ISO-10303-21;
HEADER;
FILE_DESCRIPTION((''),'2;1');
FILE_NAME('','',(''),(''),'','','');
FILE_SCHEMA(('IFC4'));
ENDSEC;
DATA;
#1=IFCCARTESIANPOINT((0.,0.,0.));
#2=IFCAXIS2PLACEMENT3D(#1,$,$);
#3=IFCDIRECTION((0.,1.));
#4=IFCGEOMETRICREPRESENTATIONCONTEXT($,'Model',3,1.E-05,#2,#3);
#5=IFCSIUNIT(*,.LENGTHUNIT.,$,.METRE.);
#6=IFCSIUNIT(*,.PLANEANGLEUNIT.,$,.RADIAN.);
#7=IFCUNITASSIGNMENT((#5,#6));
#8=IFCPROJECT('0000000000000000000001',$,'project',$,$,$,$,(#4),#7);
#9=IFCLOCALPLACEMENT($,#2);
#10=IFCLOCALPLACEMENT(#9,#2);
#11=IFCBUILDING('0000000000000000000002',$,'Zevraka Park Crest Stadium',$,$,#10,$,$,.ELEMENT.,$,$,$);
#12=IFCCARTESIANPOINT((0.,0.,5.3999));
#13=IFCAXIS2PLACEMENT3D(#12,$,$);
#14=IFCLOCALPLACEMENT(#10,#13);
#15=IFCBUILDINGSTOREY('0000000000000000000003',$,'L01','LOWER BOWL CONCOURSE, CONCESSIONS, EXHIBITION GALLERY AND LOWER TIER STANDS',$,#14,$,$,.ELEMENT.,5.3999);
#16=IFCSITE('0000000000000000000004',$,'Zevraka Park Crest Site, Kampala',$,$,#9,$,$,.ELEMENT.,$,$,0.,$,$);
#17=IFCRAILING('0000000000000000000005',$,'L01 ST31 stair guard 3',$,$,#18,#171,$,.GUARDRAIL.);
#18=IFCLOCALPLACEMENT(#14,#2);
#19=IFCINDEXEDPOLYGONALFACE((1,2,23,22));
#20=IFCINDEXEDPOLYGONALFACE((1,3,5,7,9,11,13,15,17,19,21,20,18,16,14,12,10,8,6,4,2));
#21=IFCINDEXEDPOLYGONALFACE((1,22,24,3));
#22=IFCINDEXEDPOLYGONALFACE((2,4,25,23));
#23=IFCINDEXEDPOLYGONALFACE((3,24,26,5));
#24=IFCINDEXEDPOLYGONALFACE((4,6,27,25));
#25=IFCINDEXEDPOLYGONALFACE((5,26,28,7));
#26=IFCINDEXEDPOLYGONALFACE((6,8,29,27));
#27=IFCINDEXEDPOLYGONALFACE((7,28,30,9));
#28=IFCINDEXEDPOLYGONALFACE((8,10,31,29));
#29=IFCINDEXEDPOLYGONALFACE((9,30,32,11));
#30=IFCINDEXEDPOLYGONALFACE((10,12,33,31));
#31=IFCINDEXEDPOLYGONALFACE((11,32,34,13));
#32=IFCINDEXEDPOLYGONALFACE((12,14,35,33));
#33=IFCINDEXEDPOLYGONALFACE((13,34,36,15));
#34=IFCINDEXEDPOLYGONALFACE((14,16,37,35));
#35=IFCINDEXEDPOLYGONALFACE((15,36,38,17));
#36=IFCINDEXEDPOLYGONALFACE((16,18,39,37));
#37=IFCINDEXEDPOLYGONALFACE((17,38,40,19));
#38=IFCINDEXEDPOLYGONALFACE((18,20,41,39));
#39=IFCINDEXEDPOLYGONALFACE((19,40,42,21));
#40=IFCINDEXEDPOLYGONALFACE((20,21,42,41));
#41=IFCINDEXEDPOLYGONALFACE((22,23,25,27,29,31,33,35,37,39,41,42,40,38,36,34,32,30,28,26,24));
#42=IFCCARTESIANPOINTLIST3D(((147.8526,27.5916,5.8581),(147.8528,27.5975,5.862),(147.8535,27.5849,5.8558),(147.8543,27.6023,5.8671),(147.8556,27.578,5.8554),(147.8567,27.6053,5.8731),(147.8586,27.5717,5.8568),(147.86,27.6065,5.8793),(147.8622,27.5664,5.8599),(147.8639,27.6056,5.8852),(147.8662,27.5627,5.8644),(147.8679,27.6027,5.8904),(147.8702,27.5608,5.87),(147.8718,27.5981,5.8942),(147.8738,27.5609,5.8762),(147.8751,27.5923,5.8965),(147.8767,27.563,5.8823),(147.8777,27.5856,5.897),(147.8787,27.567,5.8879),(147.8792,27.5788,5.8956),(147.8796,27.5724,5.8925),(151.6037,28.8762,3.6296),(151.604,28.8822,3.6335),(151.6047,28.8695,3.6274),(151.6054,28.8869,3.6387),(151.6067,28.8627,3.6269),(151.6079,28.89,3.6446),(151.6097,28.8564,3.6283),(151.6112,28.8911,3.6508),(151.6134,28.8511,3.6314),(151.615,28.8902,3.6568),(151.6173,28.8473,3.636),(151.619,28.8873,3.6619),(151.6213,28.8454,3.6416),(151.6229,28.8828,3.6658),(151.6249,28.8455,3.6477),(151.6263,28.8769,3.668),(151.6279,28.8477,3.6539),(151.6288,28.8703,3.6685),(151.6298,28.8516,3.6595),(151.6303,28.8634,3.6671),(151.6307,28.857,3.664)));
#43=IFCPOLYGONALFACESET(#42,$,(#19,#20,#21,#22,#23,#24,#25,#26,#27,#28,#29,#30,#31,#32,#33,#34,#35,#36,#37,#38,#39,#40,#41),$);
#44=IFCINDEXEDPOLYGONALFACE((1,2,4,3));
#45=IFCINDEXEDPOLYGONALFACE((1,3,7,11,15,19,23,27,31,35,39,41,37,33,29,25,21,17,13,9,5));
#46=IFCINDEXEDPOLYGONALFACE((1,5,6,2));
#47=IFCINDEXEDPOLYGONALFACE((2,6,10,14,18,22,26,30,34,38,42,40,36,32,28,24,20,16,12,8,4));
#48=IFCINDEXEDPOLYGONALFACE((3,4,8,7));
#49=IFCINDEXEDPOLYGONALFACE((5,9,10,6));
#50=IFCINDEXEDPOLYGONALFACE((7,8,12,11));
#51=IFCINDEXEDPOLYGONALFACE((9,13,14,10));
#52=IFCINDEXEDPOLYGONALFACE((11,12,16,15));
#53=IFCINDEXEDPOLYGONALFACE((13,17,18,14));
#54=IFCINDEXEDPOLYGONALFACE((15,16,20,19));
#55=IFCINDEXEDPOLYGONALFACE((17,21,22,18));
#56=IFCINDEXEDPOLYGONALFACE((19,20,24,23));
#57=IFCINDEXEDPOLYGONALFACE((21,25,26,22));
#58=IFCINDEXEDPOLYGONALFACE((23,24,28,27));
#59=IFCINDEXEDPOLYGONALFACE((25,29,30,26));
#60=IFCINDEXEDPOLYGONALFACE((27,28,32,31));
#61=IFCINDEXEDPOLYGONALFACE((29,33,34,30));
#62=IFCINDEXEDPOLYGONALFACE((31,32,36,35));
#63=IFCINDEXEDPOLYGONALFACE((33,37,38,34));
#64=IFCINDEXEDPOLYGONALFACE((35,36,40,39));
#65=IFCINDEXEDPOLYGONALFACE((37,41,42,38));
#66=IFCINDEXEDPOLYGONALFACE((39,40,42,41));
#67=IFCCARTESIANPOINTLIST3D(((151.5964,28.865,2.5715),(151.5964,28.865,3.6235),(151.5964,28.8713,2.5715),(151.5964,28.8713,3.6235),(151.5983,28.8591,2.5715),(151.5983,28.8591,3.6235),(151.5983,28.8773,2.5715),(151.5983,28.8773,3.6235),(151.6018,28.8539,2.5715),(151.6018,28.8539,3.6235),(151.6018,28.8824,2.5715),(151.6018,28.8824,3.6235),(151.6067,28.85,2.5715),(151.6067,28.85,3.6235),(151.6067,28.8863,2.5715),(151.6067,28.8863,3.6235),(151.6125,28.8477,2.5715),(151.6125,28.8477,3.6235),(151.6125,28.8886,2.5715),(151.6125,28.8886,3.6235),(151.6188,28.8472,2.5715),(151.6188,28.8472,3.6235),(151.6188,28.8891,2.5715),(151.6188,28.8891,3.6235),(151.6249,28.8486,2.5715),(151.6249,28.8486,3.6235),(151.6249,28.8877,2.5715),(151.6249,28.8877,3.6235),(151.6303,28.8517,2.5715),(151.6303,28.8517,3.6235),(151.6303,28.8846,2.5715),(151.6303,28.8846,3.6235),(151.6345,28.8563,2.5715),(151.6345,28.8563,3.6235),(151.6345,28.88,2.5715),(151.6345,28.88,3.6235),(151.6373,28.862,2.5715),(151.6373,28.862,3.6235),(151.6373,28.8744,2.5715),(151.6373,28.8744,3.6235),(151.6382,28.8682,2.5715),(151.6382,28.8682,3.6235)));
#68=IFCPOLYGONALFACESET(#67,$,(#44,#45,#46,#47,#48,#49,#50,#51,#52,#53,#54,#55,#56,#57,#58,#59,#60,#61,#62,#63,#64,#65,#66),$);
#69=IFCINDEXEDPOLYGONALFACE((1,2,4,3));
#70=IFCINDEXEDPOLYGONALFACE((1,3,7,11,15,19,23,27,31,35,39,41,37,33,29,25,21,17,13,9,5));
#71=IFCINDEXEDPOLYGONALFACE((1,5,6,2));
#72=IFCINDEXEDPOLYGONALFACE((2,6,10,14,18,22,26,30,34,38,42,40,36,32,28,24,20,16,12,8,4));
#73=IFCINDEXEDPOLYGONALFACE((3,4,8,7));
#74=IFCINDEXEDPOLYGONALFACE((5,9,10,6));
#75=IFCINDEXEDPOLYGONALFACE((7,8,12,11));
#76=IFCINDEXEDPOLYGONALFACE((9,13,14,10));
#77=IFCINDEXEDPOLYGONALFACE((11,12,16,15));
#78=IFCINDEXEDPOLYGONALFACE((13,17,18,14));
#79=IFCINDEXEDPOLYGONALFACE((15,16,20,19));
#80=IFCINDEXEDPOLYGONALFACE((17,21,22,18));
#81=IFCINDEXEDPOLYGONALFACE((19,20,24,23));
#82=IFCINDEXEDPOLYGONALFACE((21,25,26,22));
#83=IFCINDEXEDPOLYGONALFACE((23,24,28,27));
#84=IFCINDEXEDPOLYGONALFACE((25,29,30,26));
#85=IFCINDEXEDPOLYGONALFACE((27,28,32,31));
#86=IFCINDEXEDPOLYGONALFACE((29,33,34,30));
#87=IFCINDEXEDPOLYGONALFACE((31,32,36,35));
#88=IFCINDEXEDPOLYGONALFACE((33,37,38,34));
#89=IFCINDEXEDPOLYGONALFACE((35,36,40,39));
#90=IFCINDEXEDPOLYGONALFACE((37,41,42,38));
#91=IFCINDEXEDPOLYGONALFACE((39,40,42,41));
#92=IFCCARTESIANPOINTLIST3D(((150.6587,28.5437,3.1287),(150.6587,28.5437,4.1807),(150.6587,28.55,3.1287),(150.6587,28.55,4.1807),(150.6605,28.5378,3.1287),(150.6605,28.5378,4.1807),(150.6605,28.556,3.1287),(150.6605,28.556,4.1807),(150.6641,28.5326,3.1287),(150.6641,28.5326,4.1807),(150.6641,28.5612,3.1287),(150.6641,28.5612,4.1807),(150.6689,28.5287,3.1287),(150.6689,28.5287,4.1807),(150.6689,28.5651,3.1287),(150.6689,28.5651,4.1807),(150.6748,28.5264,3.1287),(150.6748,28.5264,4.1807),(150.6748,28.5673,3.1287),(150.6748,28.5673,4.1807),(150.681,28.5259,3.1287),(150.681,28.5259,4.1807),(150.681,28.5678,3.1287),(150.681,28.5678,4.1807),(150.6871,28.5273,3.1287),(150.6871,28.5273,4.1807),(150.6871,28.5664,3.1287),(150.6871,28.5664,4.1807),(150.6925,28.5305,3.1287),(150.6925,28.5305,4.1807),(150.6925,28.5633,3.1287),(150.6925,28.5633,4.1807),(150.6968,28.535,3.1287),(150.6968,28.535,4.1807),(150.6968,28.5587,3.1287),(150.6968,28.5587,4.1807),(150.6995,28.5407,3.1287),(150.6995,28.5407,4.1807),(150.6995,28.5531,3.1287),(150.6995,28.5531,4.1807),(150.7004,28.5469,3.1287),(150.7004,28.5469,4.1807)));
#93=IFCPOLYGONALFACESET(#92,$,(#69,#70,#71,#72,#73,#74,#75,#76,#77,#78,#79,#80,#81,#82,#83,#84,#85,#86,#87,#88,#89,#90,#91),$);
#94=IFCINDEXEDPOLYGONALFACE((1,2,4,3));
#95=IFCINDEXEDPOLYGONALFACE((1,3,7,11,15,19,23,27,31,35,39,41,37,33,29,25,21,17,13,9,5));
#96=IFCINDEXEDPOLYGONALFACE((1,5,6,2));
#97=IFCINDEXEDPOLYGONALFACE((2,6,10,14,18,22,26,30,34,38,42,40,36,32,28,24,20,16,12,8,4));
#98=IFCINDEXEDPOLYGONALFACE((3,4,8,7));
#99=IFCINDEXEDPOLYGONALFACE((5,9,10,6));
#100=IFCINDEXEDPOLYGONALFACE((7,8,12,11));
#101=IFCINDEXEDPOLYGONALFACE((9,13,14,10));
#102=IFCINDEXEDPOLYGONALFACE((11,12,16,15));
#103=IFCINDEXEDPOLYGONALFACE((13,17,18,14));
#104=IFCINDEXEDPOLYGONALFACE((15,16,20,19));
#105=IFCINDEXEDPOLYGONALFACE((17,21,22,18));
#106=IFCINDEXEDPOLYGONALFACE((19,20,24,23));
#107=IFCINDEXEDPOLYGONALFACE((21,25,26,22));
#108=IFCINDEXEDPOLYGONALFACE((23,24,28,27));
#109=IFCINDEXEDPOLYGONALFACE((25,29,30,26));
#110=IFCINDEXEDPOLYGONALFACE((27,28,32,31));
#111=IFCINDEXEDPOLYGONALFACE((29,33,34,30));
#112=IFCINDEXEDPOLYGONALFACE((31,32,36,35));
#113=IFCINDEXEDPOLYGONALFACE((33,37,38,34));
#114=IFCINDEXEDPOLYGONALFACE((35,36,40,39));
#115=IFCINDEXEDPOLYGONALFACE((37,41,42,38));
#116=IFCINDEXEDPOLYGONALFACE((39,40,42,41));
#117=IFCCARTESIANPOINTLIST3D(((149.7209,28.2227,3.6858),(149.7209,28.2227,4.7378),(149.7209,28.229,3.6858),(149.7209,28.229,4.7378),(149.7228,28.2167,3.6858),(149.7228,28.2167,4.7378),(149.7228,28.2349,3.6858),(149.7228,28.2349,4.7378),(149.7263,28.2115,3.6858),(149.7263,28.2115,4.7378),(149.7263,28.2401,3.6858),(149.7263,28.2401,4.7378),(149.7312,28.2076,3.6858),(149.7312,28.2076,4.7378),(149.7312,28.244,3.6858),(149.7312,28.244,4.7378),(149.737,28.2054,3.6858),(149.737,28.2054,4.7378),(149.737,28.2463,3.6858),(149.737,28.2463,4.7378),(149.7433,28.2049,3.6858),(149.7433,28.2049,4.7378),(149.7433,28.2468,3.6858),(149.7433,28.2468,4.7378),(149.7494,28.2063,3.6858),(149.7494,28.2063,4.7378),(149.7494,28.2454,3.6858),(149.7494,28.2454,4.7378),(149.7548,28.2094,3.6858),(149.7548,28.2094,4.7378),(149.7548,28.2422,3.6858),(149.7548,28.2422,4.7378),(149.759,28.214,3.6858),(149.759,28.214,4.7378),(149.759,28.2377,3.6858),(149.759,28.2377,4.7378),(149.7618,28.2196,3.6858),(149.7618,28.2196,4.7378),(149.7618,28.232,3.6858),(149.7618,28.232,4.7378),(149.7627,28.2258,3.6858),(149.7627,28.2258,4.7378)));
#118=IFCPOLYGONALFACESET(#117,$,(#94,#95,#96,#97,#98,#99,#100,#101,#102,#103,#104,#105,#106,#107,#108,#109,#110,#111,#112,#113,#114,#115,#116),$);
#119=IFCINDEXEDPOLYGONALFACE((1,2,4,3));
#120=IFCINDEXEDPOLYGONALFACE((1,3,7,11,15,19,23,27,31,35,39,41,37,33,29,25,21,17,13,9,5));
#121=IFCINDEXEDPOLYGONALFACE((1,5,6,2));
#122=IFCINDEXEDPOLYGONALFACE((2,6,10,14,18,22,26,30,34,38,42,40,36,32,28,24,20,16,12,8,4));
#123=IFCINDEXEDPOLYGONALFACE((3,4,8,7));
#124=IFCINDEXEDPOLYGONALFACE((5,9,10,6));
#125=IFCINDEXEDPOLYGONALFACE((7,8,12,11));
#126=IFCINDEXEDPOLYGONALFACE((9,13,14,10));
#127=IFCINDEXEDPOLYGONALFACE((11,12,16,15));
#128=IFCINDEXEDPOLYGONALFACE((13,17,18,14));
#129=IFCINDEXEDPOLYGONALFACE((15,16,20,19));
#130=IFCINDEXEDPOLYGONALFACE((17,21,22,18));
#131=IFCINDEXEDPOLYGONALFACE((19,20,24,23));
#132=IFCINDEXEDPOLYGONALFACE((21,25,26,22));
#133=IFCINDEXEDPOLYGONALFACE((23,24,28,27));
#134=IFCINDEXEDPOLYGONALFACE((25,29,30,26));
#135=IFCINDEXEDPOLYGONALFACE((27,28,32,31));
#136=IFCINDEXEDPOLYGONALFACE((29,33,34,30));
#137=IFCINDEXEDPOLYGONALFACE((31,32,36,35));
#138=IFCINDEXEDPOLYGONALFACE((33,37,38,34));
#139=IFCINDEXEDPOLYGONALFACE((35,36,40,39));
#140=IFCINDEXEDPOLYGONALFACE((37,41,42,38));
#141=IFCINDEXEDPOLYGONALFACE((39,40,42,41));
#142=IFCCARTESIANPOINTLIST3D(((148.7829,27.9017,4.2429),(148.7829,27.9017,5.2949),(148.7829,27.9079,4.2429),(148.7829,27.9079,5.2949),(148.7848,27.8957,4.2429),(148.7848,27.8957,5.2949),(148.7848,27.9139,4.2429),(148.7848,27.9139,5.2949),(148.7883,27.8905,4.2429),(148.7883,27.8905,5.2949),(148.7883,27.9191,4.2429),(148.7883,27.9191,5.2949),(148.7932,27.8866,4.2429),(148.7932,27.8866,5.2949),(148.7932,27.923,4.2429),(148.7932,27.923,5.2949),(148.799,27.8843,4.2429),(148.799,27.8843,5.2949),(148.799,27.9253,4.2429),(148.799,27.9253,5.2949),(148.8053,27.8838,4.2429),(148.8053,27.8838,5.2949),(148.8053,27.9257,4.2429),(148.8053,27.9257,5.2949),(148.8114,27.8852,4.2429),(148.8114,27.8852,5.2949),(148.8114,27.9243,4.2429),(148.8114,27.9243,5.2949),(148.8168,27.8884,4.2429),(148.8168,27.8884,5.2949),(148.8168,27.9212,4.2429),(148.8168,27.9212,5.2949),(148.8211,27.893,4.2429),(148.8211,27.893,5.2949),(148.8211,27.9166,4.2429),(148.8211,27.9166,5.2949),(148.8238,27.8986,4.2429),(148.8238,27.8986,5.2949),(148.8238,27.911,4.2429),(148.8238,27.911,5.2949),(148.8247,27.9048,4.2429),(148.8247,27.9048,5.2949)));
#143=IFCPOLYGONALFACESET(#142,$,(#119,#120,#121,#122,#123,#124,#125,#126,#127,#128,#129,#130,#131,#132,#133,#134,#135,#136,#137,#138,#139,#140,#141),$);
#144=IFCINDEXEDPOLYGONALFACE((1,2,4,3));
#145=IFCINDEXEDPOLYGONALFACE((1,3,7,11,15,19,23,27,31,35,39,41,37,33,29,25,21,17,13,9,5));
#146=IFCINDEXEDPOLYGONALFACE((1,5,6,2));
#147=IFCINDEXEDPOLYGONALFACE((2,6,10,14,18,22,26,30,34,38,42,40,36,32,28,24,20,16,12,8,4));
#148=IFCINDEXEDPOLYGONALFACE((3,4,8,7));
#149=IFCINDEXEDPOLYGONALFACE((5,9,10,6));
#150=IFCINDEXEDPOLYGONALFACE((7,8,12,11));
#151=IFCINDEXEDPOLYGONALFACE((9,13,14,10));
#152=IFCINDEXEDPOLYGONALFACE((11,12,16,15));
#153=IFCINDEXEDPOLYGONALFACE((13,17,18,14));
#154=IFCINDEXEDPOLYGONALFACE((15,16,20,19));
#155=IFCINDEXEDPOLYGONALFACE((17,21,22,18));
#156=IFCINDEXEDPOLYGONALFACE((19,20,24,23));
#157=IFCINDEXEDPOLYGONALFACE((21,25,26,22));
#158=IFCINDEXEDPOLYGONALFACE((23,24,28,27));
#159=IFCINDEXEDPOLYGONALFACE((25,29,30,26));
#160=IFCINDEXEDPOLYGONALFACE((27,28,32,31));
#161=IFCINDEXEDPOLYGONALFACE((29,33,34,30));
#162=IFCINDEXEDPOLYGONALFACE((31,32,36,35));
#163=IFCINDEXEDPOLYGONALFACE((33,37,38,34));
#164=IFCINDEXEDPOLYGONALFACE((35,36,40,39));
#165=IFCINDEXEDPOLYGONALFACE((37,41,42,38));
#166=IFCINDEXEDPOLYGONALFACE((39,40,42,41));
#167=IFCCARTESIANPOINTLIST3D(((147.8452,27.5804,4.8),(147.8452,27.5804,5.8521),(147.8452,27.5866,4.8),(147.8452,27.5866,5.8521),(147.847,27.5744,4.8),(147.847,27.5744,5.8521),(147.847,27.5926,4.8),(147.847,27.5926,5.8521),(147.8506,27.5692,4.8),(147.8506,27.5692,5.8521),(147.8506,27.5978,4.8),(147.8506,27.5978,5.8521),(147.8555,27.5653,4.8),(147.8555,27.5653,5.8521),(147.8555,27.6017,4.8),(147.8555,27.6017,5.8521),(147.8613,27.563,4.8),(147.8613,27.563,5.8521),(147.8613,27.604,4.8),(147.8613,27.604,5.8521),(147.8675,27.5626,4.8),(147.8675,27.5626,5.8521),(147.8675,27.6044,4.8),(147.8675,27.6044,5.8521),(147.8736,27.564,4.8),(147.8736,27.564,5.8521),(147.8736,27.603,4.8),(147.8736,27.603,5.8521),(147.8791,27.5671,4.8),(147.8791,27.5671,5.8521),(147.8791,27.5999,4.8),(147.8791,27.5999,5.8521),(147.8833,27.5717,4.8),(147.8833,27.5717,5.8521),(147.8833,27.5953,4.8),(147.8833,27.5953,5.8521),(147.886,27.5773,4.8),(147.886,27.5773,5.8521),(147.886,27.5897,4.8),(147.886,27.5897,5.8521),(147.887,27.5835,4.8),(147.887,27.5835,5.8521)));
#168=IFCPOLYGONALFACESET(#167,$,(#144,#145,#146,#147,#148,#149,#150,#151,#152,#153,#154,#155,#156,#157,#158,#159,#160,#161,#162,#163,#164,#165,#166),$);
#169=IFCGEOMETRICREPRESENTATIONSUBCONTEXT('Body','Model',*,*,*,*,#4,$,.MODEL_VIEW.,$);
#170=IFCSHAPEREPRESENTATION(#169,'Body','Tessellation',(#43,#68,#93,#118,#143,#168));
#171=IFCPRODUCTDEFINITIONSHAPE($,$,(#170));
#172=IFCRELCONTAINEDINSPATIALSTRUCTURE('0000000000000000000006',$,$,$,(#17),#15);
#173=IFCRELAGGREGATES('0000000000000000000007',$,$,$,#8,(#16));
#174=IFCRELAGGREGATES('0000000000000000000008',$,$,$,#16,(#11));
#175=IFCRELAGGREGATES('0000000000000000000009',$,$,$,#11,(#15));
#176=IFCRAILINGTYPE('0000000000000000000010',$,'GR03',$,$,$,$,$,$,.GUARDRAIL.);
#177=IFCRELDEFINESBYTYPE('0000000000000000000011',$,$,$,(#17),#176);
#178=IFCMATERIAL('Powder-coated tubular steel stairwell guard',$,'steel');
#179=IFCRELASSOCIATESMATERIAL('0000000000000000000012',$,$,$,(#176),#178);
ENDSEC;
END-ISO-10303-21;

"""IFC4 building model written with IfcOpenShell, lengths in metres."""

from ifc_helpers import new_model, si_unit, direction, frame, origin, origin_2d, place, context, subcontext, project, spatial, circle, extrude, material, type_object, element, save


model = new_model("IFC4")

# Units and contexts
model_context = context("Model", 3, precision=1e-05, world=origin(), true_north=direction((0.0, 1.0)))
body_context = subcontext(model_context, "Body", "Model", "MODEL_VIEW")
ifc_project = project(units=[si_unit("LENGTHUNIT", "METRE"), si_unit("PLANEANGLEUNIT", "RADIAN")], contexts=[model_context])

# Site, building, storey
site_placement = place(None, origin())
site = spatial("IfcSite", under=ifc_project, at=site_placement, Name="Zevraka Park Crest Site, Kampala", CompositionType="ELEMENT", RefElevation=0.0)
building_placement = place(site_placement, origin())
building = spatial("IfcBuilding", under=site, at=building_placement, Name="Zevraka Park Crest Stadium", CompositionType="ELEMENT")
storey_placement = place(building_placement, frame((0.0, 0.0, 5.3999)))
storey = spatial("IfcBuildingStorey", under=building, at=storey_placement, Name="L01", Description="LOWER BOWL CONCOURSE, CONCESSIONS, EXHIBITION GALLERY AND LOWER TIER STANDS", CompositionType="ELEMENT", Elevation=5.3999)

# Railing
ifc_material_1 = material(Name="Powder-coated tubular steel stairwell guard", Category="steel")
railing_type_1 = type_object("IfcRailingType", Name="GR03", PredefinedType="GUARDRAIL", material=ifc_material_1)
railing_1_placement = place(storey_placement, frame((151.6172, 28.8682, 2.5715)))
element("IfcRailing", 1, at=railing_1_placement, inside=storey, type_object=railing_type_1, Name="L01 ST31 stair guard 3", PredefinedType="GUARDRAIL", context=body_context, shape_type="SweptSolid", body=[
    extrude(circle(Radius=0.0239, at=origin_2d()), frame((0.0, 0.0, 1.0762), z_axis=(-0.824727, -0.282441, 0.489952), x_axis=(0.323994, -0.946059, 0.0)), (0.0, 0.0, 1.0), 4.5483),
    extrude(circle(Radius=0.021, at=origin_2d()), origin(), (0.0, 0.0, 1.0), 1.052),
    extrude(circle(Radius=0.021, at=origin_2d()), frame((-0.9377, -0.3213, 0.5571)), (0.0, 0.0, 1.0), 1.052),
    extrude(circle(Radius=0.021, at=origin_2d()), frame((-1.8755, -0.6423, 1.1143)), (0.0, 0.0, 1.0), 1.052),
    extrude(circle(Radius=0.021, at=origin_2d()), frame((-2.8135, -0.9634, 1.6714)), (0.0, 0.0, 1.0), 1.052),
    extrude(circle(Radius=0.021, at=origin_2d()), frame((-3.7512, -1.2847, 2.2285)), (0.0, 0.0, 1.0), 1.052),
])

save(model, "model.ifc")
